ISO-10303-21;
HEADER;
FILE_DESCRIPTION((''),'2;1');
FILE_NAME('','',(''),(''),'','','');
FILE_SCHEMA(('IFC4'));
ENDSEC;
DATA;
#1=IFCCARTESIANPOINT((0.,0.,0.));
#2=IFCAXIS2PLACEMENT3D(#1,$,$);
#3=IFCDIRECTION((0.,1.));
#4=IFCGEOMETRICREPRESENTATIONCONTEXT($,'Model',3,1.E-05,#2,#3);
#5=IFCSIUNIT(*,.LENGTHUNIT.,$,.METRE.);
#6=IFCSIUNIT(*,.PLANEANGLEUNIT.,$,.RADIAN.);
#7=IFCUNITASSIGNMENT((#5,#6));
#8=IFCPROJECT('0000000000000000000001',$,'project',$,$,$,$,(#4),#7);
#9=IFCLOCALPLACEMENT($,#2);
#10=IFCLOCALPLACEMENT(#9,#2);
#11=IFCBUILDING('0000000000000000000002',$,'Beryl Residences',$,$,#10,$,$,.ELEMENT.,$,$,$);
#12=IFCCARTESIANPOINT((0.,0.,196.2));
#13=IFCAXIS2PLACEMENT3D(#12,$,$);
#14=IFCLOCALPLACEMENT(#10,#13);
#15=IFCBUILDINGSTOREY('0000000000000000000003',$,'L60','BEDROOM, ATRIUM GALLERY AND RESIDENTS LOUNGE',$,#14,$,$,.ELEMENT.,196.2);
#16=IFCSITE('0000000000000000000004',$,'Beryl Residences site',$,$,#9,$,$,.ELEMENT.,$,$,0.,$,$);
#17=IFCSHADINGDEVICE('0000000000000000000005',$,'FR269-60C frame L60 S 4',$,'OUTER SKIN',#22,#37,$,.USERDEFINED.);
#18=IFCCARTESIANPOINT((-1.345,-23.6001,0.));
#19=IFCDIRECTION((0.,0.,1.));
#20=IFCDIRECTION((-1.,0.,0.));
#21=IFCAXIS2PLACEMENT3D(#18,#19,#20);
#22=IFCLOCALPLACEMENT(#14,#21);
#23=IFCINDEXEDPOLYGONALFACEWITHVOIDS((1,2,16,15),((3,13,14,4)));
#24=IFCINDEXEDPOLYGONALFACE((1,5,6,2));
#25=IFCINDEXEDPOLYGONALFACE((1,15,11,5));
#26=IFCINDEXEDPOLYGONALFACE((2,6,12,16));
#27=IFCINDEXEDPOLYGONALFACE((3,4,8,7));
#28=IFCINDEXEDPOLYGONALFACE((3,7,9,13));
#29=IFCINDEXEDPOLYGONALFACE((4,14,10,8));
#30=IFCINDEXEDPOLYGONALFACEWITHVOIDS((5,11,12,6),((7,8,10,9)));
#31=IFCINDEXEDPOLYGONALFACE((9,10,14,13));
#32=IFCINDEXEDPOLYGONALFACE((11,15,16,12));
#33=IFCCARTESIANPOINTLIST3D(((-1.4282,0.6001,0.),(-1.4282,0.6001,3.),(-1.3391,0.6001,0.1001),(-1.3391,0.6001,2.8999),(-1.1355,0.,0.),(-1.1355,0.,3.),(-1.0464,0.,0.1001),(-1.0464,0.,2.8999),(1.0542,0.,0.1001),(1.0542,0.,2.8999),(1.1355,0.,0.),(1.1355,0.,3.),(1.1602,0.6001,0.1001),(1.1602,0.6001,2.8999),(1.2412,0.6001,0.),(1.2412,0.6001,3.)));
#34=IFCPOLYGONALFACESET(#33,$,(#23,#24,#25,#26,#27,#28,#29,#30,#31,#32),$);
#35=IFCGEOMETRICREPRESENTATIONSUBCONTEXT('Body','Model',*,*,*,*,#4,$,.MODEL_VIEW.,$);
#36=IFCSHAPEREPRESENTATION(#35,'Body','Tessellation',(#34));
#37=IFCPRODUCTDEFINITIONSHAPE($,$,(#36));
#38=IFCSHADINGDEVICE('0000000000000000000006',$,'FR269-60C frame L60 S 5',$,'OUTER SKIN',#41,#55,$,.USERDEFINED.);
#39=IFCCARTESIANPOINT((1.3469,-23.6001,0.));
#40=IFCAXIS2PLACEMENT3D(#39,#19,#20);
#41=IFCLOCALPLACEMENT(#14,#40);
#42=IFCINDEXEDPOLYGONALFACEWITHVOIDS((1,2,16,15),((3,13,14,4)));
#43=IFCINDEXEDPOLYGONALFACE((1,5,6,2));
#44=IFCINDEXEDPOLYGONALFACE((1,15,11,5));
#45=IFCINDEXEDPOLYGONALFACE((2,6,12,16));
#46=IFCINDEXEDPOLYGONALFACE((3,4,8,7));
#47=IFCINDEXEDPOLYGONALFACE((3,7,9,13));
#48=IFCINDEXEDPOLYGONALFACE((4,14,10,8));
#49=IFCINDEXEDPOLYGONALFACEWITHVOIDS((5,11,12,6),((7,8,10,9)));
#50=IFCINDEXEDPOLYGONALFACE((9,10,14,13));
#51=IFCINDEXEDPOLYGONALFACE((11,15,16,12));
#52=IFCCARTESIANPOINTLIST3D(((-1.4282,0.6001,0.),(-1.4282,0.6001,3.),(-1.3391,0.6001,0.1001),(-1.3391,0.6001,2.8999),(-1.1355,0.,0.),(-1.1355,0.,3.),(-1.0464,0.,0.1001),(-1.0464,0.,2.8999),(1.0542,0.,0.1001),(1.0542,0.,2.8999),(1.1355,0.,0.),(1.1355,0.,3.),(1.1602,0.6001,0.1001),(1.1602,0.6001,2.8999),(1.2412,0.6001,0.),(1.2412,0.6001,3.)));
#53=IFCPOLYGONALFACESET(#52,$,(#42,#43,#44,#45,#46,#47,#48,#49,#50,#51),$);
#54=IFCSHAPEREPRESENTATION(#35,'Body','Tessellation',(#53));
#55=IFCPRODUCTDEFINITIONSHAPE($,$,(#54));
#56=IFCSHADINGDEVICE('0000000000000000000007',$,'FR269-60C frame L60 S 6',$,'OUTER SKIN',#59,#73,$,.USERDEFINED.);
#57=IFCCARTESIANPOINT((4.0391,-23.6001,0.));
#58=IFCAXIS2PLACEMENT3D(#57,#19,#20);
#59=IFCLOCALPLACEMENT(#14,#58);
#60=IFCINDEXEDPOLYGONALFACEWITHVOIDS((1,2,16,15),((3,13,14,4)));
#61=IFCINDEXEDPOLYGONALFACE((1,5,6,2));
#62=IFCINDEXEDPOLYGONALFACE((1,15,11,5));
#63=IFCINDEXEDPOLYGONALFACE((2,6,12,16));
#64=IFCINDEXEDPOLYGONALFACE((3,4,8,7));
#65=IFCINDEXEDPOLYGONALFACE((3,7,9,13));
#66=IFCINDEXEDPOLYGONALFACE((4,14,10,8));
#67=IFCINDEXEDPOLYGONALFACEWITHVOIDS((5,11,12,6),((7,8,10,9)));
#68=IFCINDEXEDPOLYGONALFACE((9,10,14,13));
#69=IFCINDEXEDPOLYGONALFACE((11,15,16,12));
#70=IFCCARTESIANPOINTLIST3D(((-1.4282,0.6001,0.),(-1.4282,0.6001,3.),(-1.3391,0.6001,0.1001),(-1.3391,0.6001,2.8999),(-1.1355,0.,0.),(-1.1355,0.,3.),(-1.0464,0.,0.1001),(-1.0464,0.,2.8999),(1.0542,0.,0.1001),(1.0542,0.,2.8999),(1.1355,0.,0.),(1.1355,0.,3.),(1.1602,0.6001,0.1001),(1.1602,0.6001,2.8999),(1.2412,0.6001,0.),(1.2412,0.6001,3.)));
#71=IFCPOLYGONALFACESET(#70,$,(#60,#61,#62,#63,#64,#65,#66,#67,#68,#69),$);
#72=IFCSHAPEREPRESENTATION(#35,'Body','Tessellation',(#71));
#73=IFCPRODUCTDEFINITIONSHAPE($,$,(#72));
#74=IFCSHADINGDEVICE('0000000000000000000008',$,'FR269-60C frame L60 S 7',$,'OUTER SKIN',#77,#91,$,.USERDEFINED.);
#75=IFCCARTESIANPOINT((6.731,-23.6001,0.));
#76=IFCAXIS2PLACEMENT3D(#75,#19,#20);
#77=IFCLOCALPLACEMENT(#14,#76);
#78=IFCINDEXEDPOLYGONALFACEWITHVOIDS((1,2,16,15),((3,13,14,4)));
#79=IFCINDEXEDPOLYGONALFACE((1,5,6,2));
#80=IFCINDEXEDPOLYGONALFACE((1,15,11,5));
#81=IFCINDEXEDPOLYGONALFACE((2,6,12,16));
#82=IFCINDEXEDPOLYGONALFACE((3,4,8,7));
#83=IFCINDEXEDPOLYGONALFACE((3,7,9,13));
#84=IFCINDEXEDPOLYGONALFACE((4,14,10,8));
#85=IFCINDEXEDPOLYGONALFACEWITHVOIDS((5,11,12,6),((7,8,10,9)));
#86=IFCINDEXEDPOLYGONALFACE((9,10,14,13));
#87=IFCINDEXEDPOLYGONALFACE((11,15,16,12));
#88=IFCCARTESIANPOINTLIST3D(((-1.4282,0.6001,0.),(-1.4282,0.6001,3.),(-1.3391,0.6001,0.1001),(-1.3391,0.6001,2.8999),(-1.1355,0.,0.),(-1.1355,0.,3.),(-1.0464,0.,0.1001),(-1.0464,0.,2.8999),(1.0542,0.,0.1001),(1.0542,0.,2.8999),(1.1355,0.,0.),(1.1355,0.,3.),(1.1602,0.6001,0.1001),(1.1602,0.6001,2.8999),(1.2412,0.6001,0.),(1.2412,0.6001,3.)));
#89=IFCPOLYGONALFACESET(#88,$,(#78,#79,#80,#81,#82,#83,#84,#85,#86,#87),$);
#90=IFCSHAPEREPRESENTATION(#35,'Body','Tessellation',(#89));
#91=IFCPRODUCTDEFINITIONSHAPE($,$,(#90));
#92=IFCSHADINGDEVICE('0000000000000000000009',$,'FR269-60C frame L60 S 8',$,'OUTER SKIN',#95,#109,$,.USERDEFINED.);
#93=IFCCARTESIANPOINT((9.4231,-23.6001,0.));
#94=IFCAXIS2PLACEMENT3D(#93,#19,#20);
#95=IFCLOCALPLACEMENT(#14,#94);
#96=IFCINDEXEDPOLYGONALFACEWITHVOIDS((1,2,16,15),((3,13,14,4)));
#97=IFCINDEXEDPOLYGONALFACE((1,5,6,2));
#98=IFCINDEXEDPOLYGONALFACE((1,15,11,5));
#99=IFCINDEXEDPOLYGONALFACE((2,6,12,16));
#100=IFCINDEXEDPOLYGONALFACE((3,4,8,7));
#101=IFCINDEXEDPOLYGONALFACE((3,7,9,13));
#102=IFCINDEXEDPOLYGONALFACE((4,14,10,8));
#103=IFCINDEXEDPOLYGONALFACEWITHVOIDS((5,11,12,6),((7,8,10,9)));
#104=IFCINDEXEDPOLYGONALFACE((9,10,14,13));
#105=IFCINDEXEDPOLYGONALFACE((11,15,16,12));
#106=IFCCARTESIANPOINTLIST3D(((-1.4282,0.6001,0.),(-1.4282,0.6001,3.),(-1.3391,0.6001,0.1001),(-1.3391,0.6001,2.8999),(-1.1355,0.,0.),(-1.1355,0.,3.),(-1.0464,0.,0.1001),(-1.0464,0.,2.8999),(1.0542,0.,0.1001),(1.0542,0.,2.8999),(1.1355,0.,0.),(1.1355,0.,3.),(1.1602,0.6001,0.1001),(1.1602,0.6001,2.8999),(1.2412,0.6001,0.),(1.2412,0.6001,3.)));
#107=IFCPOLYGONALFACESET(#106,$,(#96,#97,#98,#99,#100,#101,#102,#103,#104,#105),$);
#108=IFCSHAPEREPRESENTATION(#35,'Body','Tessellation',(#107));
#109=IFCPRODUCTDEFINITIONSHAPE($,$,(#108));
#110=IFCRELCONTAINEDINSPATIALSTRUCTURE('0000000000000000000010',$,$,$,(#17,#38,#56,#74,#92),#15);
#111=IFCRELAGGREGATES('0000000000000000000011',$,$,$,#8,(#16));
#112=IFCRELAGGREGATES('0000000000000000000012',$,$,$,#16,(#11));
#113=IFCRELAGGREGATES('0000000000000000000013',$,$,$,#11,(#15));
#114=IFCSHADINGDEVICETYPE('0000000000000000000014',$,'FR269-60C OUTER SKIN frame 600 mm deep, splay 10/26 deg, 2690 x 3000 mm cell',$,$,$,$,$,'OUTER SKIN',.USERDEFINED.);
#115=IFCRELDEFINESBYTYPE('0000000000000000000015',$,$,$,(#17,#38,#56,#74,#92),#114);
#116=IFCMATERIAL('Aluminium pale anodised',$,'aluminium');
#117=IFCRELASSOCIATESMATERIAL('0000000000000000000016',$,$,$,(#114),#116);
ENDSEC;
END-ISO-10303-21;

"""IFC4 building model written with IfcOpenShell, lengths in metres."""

from ifc_helpers import new_model, entity, si_unit, direction, frame, origin, place, context, subcontext, project, spatial, source, transform, mapped, material, type_object, type_shapes, element, save


model = new_model("IFC4")

# Units and contexts
model_context = context("Model", 3, precision=1e-05, world=origin(), true_north=direction((0.0, 1.0)))
body_context = subcontext(model_context, "Body", "Model", "MODEL_VIEW")
ifc_project = project(units=[si_unit("LENGTHUNIT", "METRE"), si_unit("PLANEANGLEUNIT", "RADIAN")], contexts=[model_context])

# Site, building, storey
site_placement = place(None, origin())
site = spatial("IfcSite", under=ifc_project, at=site_placement, Name="Beryl Residences site", CompositionType="ELEMENT", RefElevation=0.0)
building_placement = place(site_placement, origin())
building = spatial("IfcBuilding", under=site, at=building_placement, Name="Beryl Residences", CompositionType="ELEMENT")
storey_placement = place(building_placement, frame((0.0, 0.0, 196.2)))
storey = spatial("IfcBuildingStorey", under=building, at=storey_placement, Name="L60", Description="BEDROOM, ATRIUM GALLERY AND RESIDENTS LOUNGE", CompositionType="ELEMENT", Elevation=196.2)

# Shading devices
ifc_material_1 = material(Name="Aluminium pale anodised", Category="aluminium")
shading_device_type = type_object("IfcShadingDeviceType", Name="FR269-60C OUTER SKIN frame 600 mm deep, splay 10/26 deg, 2690 x 3000 mm cell", ElementType="OUTER SKIN", PredefinedType="USERDEFINED", material=ifc_material_1)
cartesian_point_1 = entity("IfcCartesianPoint", [-1.1355, 0.0])
cartesian_point_2 = entity("IfcCartesianPoint", [-1.0542, 0.1001])
cartesian_point_3 = entity("IfcCartesianPoint", [-1.2412, 0.0])
cartesian_point_4 = entity("IfcCartesianPoint", [-1.1602, 0.1001])
shared_shape_1 = source(origin(), body_context, "Body", "SweptSolid", [
    entity("IfcExtrudedAreaSolidTapered", entity("IfcArbitraryProfileDefWithVoids", "AREA", None, entity("IfcPolyline", [cartesian_point_1, entity("IfcCartesianPoint", [1.1355, 0.0]), entity("IfcCartesianPoint", [1.1355, 3.0]), entity("IfcCartesianPoint", [-1.1355, 3.0]), cartesian_point_1]), [entity("IfcPolyline", [cartesian_point_2, entity("IfcCartesianPoint", [1.0464, 0.1001]), entity("IfcCartesianPoint", [1.0464, 2.8999]), entity("IfcCartesianPoint", [-1.0542, 2.8999]), cartesian_point_2])]), entity("IfcAxis2Placement3D", entity("IfcCartesianPoint", [0.0, 0.0, 0.0]), entity("IfcDirection", [0.0, 1.0, 0.0]), entity("IfcDirection", [-1.0, 0.0, 0.0])), entity("IfcDirection", [0.0, 0.0, 1.0]), 0.6001, entity("IfcArbitraryProfileDefWithVoids", "AREA", None, entity("IfcPolyline", [cartesian_point_3, entity("IfcCartesianPoint", [1.4282, 0.0]), entity("IfcCartesianPoint", [1.4282, 3.0]), entity("IfcCartesianPoint", [-1.2412, 3.0]), cartesian_point_3]), [entity("IfcPolyline", [cartesian_point_4, entity("IfcCartesianPoint", [1.3391, 0.1001]), entity("IfcCartesianPoint", [1.3391, 2.8999]), entity("IfcCartesianPoint", [-1.1602, 2.8999]), cartesian_point_4])])),
])
type_shapes(shading_device_type, [shared_shape_1])
for number, where, z_axis, x_axis, name in (
    (1, (-1.345, -23.6001, 0.0), (0.0, 0.0, 1.0), (-1.0, 0.0, 0.0), "FR269-60C frame L60 S 4"),
    (2, (1.3469, -23.6001, 0.0), (0.0, 0.0, 1.0), (-1.0, 0.0, 0.0), "FR269-60C frame L60 S 5"),
    (3, (4.0391, -23.6001, 0.0), (0.0, 0.0, 1.0), (-1.0, 0.0, 0.0), "FR269-60C frame L60 S 6"),
    (4, (6.731, -23.6001, 0.0), (0.0, 0.0, 1.0), (-1.0, 0.0, 0.0), "FR269-60C frame L60 S 7"),
    (5, (9.4231, -23.6001, 0.0), (0.0, 0.0, 1.0), (-1.0, 0.0, 0.0), "FR269-60C frame L60 S 8"),
):
    element("IfcShadingDevice", number, at=place(storey_placement, frame(where, z_axis=z_axis, x_axis=x_axis)), inside=storey, type_object=shading_device_type, Name=name, ObjectType="OUTER SKIN", PredefinedType="USERDEFINED", context=body_context, shape_type="MappedRepresentation", body=[
        mapped(shared_shape_1, transform((0.0, 0.0, 0.0))),
    ])

save(model, "model.ifc")
